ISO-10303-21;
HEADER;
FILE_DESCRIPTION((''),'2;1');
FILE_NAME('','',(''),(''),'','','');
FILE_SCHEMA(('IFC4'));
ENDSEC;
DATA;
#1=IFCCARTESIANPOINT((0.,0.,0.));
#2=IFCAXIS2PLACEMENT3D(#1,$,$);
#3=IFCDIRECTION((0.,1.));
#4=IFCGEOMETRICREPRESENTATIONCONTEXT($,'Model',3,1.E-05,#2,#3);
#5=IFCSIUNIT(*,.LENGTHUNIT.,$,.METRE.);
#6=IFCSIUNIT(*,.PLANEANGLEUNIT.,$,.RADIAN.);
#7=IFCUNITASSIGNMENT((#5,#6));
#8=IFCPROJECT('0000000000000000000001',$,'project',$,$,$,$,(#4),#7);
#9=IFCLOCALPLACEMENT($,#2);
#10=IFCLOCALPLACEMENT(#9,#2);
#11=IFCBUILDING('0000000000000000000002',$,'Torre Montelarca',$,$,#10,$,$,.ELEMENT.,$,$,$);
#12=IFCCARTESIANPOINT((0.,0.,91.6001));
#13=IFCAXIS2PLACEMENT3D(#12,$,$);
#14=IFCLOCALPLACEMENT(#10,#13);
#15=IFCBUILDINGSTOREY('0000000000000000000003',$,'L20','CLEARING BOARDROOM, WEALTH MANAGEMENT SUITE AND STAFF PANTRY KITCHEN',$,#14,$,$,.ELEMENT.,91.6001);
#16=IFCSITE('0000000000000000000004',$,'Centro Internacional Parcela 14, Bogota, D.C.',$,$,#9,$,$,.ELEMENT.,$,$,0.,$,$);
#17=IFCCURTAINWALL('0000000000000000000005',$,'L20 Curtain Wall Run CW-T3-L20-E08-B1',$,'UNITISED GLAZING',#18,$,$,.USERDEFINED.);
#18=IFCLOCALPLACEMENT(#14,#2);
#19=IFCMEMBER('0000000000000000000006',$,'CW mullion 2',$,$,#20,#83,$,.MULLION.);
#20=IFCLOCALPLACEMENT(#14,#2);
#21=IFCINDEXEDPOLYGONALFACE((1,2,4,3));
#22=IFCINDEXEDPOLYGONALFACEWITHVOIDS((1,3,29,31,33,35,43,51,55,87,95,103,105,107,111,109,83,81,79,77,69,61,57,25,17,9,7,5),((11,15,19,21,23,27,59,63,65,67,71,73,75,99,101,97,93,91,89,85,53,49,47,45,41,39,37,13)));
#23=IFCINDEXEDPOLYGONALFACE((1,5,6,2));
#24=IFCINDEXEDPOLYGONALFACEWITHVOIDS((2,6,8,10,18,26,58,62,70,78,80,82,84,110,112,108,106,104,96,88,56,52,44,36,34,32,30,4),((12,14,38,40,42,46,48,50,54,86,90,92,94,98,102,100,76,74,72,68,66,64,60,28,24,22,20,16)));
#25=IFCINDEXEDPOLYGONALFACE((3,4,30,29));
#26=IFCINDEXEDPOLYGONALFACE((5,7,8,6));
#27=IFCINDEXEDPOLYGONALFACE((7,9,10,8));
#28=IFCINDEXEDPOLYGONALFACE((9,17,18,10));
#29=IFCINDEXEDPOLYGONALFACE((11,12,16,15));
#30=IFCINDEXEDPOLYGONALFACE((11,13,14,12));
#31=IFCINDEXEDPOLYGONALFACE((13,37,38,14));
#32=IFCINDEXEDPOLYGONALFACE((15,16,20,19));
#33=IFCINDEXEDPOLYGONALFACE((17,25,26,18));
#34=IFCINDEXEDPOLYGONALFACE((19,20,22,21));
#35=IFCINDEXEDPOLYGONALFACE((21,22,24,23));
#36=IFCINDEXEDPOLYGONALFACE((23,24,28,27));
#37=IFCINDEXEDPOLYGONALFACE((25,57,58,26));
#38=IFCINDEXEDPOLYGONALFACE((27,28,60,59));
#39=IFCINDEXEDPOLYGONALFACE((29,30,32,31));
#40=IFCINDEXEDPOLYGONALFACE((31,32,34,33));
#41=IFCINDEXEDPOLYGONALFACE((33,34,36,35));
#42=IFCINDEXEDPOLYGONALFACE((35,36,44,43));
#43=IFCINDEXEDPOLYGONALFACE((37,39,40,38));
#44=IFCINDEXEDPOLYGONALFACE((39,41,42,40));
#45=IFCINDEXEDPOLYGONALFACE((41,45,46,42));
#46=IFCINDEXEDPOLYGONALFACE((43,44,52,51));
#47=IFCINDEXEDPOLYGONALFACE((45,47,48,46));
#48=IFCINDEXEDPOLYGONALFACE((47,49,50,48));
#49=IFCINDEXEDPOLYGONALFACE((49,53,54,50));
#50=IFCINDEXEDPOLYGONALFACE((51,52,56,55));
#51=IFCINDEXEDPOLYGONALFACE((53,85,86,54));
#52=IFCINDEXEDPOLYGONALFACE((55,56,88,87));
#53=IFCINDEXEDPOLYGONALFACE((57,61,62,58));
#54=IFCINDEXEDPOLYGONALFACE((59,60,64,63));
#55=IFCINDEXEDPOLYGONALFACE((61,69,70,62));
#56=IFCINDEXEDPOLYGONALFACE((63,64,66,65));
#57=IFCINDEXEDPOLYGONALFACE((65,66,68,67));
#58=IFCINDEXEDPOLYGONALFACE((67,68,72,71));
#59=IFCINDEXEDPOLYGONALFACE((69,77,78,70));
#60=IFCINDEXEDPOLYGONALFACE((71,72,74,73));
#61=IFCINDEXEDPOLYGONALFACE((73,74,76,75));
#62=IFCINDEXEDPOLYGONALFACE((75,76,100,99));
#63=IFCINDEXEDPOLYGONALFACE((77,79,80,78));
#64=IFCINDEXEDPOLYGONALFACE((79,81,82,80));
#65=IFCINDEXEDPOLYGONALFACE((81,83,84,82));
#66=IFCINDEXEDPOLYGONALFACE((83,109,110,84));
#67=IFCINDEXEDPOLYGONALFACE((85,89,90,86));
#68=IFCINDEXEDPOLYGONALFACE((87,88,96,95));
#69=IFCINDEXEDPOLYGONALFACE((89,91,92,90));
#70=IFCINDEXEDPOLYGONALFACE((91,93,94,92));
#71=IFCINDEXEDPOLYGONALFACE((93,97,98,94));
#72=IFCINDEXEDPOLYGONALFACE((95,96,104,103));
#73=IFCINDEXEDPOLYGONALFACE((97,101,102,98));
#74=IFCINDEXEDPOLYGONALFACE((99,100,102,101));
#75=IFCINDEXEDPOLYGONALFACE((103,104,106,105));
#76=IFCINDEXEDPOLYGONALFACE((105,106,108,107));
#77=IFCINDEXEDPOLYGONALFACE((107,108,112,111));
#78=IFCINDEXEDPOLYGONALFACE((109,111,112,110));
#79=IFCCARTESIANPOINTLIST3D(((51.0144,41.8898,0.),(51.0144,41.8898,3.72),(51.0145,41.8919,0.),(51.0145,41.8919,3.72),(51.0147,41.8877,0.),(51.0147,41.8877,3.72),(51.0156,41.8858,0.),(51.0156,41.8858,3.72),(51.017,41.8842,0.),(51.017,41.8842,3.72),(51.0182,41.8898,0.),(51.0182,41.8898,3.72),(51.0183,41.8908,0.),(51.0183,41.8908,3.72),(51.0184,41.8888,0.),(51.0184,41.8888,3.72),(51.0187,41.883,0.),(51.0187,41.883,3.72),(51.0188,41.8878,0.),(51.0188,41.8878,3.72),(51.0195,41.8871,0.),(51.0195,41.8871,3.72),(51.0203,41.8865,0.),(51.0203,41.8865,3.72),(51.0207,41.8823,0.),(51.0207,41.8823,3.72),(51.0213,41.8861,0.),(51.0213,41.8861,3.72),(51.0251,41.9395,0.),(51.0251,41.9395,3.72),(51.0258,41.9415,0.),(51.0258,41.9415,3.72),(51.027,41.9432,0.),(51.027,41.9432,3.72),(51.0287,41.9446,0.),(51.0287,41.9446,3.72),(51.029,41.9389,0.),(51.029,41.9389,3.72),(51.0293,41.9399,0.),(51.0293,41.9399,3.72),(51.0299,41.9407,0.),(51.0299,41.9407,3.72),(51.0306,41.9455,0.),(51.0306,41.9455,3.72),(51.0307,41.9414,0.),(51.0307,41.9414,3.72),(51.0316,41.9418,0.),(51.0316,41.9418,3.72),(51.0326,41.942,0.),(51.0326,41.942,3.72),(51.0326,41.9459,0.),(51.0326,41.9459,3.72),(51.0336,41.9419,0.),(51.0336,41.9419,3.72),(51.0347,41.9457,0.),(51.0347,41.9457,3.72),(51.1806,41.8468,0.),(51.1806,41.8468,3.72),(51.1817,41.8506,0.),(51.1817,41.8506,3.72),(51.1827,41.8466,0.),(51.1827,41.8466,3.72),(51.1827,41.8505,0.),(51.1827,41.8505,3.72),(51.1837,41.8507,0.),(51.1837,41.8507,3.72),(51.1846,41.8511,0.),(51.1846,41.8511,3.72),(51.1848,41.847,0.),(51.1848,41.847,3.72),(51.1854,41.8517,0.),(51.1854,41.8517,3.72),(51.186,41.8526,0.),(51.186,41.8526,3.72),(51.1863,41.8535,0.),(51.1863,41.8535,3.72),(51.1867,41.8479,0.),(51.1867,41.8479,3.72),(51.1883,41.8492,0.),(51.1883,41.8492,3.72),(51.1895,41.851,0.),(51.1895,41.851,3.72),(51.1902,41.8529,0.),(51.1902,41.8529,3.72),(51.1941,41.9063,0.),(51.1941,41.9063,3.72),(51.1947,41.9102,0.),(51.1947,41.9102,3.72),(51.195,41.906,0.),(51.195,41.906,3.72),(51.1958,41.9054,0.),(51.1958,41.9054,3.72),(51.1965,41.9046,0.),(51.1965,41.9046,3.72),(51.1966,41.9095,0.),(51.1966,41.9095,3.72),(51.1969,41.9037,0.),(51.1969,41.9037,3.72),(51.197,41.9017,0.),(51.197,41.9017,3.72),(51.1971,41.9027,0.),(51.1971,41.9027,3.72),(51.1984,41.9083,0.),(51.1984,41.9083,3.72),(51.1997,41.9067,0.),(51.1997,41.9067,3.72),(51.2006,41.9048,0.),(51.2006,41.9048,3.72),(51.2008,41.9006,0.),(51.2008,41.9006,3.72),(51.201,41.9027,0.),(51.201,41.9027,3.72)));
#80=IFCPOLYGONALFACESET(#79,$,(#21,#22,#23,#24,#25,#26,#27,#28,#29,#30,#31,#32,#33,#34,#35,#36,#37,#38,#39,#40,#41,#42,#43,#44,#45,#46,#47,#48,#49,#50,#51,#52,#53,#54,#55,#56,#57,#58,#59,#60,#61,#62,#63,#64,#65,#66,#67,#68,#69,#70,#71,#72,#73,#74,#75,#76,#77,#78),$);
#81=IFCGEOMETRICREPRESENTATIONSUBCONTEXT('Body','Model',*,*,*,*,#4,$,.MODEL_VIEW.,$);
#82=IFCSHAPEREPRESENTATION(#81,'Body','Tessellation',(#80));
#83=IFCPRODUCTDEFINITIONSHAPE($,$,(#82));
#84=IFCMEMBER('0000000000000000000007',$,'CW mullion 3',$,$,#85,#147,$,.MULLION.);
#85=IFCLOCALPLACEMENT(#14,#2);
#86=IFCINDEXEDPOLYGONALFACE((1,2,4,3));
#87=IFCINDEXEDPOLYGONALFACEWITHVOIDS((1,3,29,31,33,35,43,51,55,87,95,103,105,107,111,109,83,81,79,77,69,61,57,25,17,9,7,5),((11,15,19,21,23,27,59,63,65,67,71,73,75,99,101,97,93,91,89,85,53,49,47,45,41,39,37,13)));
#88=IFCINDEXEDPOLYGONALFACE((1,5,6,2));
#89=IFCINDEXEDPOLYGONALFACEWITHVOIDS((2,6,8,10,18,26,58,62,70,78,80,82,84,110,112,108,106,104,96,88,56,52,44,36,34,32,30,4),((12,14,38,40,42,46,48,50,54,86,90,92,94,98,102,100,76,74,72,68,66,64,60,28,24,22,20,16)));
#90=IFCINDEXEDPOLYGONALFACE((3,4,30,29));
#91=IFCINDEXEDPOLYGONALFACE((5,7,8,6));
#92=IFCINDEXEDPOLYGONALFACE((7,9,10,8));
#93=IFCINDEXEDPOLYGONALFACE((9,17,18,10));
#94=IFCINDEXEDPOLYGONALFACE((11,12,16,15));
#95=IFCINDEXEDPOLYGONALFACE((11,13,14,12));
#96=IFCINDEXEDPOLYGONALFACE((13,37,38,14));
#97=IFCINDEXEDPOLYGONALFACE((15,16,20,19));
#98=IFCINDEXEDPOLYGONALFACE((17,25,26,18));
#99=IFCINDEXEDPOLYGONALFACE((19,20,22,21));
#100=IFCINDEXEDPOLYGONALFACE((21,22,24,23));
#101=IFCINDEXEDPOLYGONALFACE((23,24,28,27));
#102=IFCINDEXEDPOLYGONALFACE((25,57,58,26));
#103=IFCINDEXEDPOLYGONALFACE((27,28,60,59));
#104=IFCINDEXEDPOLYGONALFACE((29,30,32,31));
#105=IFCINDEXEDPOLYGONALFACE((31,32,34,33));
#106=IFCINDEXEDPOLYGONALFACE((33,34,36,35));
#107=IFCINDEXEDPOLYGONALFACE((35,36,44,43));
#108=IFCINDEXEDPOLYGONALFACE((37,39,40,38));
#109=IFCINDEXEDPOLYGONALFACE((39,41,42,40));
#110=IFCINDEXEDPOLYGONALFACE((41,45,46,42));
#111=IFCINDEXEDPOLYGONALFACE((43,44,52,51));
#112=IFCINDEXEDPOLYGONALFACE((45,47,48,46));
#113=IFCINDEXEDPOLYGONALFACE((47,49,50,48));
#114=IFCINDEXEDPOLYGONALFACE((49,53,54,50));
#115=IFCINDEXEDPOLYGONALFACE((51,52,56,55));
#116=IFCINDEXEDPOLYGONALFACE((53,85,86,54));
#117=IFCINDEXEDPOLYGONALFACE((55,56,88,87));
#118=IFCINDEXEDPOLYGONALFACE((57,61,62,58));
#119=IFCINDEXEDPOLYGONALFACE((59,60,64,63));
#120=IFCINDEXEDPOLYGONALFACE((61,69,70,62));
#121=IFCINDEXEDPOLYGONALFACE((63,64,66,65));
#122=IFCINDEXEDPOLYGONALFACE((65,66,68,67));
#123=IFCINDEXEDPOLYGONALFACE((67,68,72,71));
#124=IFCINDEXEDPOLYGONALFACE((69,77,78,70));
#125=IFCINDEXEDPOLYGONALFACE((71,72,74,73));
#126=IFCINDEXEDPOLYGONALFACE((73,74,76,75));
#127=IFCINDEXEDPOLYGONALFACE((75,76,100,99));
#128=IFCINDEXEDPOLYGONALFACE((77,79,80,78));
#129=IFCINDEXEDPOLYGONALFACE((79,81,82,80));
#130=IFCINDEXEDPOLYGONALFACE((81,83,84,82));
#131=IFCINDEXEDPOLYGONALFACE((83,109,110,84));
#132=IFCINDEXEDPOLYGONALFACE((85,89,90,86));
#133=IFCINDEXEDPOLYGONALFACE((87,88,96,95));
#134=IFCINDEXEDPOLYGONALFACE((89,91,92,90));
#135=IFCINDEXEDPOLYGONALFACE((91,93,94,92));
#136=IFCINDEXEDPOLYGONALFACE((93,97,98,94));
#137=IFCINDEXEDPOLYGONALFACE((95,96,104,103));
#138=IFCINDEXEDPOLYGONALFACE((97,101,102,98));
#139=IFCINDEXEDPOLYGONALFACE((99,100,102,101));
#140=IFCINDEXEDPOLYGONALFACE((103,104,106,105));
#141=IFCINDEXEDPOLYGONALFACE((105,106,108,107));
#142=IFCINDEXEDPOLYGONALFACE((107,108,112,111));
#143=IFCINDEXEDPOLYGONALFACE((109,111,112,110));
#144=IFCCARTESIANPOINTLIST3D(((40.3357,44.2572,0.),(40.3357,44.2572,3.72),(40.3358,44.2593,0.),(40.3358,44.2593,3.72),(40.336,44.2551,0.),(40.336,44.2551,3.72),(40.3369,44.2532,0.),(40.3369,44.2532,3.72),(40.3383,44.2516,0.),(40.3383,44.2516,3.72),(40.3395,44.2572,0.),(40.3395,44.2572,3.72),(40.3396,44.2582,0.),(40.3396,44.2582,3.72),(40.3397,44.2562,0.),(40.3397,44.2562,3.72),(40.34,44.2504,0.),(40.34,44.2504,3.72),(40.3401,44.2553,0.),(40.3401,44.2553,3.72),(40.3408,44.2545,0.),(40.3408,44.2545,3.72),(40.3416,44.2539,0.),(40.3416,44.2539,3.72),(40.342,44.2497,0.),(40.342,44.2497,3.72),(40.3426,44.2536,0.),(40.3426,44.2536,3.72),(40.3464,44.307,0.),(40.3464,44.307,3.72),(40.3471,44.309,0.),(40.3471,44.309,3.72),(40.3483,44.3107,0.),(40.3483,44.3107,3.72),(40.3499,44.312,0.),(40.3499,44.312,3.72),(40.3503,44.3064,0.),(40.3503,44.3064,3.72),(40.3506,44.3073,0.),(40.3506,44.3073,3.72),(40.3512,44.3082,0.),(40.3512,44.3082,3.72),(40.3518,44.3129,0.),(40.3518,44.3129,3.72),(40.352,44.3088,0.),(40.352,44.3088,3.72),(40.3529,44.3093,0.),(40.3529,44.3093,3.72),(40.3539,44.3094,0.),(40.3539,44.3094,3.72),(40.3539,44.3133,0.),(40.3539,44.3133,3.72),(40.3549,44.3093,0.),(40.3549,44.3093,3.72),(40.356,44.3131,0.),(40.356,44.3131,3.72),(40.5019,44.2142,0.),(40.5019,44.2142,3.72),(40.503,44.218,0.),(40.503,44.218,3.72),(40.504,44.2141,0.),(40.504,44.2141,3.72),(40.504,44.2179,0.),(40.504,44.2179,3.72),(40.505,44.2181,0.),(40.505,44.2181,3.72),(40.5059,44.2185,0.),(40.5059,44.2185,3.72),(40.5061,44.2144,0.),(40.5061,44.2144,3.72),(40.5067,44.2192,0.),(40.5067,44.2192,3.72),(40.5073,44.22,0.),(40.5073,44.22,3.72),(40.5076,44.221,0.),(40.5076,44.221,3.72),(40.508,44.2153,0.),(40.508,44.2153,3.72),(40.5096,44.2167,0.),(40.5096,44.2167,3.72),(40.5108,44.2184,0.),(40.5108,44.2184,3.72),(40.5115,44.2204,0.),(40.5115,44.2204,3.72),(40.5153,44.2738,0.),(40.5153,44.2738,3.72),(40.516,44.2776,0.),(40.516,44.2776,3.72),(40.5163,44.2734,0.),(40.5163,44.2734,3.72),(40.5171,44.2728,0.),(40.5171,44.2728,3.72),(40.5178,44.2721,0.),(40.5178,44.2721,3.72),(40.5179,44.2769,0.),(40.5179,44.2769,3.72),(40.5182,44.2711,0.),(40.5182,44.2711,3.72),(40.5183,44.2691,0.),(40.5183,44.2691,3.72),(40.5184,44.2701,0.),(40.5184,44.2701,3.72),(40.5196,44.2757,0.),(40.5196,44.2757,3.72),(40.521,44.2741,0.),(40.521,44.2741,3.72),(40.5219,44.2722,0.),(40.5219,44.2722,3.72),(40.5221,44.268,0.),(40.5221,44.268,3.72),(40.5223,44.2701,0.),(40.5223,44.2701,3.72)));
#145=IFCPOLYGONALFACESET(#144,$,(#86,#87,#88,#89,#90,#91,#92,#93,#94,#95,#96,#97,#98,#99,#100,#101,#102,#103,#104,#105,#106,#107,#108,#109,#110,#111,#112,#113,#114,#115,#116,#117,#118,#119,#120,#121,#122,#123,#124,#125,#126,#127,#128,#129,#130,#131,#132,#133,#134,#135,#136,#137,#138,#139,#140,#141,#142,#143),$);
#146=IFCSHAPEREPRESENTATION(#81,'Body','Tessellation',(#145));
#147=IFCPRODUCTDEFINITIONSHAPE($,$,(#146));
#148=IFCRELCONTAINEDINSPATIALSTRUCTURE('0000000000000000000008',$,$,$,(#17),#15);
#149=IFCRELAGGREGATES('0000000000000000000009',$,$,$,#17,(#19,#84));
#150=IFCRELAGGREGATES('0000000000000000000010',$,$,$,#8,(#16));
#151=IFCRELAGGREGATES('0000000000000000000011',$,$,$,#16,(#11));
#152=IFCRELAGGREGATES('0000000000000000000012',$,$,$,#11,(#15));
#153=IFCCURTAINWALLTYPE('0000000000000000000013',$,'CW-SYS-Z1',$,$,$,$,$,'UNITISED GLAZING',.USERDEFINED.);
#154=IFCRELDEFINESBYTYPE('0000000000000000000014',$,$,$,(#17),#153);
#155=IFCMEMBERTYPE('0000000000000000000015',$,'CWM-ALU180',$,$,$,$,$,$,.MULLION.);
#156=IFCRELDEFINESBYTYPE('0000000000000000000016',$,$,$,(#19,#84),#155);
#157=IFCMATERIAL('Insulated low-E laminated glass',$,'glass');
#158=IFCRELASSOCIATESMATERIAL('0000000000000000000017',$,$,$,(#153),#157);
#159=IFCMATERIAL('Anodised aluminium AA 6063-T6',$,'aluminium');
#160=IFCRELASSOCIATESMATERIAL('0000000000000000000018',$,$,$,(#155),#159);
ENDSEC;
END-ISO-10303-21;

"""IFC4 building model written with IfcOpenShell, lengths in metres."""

from ifc_helpers import new_model, si_unit, direction, frame, origin, origin_2d, place, context, subcontext, project, spatial, hollow_rectangle, extrude, source, transform, mapped, material, material_profile, profile_set, type_object, element, aggregate, save


model = new_model("IFC4")

# Units and contexts
model_context = context("Model", 3, precision=1e-05, world=origin(), true_north=direction((0.0, 1.0)))
body_context = subcontext(model_context, "Body", "Model", "MODEL_VIEW")
ifc_project = project(units=[si_unit("LENGTHUNIT", "METRE"), si_unit("PLANEANGLEUNIT", "RADIAN")], contexts=[model_context])

# Site, building, storey
site_placement = place(None, origin())
site = spatial("IfcSite", under=ifc_project, at=site_placement, Name="Centro Internacional Parcela 14, Bogota, D.C.", CompositionType="ELEMENT", RefElevation=0.0)
building_placement = place(site_placement, origin())
building = spatial("IfcBuilding", under=site, at=building_placement, Name="Torre Montelarca", CompositionType="ELEMENT")
storey_placement = place(building_placement, frame((0.0, 0.0, 91.6001)))
storey = spatial("IfcBuildingStorey", under=building, at=storey_placement, Name="L20", Description="CLEARING BOARDROOM, WEALTH MANAGEMENT SUITE AND STAFF PANTRY KITCHEN", CompositionType="ELEMENT", Elevation=91.6001)

# Shared definitions
ifc_material_1 = material(Name="Insulated low-E laminated glass", Category="glass")
curtain_wall_type = type_object("IfcCurtainWallType", Name="CW-SYS-Z1", ElementType="UNITISED GLAZING", PredefinedType="USERDEFINED", material=ifc_material_1)
ifc_material_2 = material(Name="Anodised aluminium AA 6063-T6", Category="aluminium")

# Curtain wall
curtain_wall_1_placement = place(storey_placement, origin())
curtain_wall_1 = element("IfcCurtainWall", 1, at=curtain_wall_1_placement, inside=storey, type_object=curtain_wall_type, Name="L20 Curtain Wall Run CW-T3-L20-E08-B1", ObjectType="UNITISED GLAZING", PredefinedType="USERDEFINED")

# Members
ifc_material_profile_1 = material_profile(ifc_material_2, hollow_rectangle(XDim=0.0649, YDim=0.1799, WallThickness=0.0039, InnerFilletRadius=0.0039, OuterFilletRadius=0.0081, at=origin_2d()), Name="ALU65X180X4", Category="aluminium")
ifc_profile_set_1 = profile_set([ifc_material_profile_1], Name="Anodised aluminium AA 6063-T6")
member_type_1 = type_object("IfcMemberType", Name="CWM-ALU180", PredefinedType="MULLION", material=ifc_profile_set_1)
shared_shape_1 = source(origin(), body_context, "Body", "SweptSolid", [
    extrude(hollow_rectangle(XDim=0.0649, YDim=0.1799, WallThickness=0.0039, InnerFilletRadius=0.0039, OuterFilletRadius=0.0081, at=origin_2d()), origin(), (0.0, 0.0, 1.0), 3.72),
])
member_1_placement = place(storey_placement, frame((51.1077, 41.8962, 0.0), z_axis=(0.0, 0.0, 1.0), x_axis=(-0.216443, -0.976295, 0.0)))
member_1 = element("IfcMember", 2, at=member_1_placement, type_object=member_type_1, Name="CW mullion 2", PredefinedType="MULLION", context=body_context, shape_type="MappedRepresentation", body=[
    mapped(shared_shape_1, transform((0.0, 0.0, 0.0), scale=1.0)),
])
member_2_placement = place(storey_placement, frame((40.429, 44.2637, 0.0), z_axis=(0.0, 0.0, 1.0), x_axis=(-0.216443, -0.976295, 0.0)))
member_2 = element("IfcMember", 3, at=member_2_placement, type_object=member_type_1, Name="CW mullion 3", PredefinedType="MULLION", context=body_context, shape_type="MappedRepresentation", body=[
    mapped(shared_shape_1, transform((0.0, 0.0, 0.0), scale=1.0)),
])

aggregate(curtain_wall_1, [member_1, member_2])

save(model, "model.ifc")
